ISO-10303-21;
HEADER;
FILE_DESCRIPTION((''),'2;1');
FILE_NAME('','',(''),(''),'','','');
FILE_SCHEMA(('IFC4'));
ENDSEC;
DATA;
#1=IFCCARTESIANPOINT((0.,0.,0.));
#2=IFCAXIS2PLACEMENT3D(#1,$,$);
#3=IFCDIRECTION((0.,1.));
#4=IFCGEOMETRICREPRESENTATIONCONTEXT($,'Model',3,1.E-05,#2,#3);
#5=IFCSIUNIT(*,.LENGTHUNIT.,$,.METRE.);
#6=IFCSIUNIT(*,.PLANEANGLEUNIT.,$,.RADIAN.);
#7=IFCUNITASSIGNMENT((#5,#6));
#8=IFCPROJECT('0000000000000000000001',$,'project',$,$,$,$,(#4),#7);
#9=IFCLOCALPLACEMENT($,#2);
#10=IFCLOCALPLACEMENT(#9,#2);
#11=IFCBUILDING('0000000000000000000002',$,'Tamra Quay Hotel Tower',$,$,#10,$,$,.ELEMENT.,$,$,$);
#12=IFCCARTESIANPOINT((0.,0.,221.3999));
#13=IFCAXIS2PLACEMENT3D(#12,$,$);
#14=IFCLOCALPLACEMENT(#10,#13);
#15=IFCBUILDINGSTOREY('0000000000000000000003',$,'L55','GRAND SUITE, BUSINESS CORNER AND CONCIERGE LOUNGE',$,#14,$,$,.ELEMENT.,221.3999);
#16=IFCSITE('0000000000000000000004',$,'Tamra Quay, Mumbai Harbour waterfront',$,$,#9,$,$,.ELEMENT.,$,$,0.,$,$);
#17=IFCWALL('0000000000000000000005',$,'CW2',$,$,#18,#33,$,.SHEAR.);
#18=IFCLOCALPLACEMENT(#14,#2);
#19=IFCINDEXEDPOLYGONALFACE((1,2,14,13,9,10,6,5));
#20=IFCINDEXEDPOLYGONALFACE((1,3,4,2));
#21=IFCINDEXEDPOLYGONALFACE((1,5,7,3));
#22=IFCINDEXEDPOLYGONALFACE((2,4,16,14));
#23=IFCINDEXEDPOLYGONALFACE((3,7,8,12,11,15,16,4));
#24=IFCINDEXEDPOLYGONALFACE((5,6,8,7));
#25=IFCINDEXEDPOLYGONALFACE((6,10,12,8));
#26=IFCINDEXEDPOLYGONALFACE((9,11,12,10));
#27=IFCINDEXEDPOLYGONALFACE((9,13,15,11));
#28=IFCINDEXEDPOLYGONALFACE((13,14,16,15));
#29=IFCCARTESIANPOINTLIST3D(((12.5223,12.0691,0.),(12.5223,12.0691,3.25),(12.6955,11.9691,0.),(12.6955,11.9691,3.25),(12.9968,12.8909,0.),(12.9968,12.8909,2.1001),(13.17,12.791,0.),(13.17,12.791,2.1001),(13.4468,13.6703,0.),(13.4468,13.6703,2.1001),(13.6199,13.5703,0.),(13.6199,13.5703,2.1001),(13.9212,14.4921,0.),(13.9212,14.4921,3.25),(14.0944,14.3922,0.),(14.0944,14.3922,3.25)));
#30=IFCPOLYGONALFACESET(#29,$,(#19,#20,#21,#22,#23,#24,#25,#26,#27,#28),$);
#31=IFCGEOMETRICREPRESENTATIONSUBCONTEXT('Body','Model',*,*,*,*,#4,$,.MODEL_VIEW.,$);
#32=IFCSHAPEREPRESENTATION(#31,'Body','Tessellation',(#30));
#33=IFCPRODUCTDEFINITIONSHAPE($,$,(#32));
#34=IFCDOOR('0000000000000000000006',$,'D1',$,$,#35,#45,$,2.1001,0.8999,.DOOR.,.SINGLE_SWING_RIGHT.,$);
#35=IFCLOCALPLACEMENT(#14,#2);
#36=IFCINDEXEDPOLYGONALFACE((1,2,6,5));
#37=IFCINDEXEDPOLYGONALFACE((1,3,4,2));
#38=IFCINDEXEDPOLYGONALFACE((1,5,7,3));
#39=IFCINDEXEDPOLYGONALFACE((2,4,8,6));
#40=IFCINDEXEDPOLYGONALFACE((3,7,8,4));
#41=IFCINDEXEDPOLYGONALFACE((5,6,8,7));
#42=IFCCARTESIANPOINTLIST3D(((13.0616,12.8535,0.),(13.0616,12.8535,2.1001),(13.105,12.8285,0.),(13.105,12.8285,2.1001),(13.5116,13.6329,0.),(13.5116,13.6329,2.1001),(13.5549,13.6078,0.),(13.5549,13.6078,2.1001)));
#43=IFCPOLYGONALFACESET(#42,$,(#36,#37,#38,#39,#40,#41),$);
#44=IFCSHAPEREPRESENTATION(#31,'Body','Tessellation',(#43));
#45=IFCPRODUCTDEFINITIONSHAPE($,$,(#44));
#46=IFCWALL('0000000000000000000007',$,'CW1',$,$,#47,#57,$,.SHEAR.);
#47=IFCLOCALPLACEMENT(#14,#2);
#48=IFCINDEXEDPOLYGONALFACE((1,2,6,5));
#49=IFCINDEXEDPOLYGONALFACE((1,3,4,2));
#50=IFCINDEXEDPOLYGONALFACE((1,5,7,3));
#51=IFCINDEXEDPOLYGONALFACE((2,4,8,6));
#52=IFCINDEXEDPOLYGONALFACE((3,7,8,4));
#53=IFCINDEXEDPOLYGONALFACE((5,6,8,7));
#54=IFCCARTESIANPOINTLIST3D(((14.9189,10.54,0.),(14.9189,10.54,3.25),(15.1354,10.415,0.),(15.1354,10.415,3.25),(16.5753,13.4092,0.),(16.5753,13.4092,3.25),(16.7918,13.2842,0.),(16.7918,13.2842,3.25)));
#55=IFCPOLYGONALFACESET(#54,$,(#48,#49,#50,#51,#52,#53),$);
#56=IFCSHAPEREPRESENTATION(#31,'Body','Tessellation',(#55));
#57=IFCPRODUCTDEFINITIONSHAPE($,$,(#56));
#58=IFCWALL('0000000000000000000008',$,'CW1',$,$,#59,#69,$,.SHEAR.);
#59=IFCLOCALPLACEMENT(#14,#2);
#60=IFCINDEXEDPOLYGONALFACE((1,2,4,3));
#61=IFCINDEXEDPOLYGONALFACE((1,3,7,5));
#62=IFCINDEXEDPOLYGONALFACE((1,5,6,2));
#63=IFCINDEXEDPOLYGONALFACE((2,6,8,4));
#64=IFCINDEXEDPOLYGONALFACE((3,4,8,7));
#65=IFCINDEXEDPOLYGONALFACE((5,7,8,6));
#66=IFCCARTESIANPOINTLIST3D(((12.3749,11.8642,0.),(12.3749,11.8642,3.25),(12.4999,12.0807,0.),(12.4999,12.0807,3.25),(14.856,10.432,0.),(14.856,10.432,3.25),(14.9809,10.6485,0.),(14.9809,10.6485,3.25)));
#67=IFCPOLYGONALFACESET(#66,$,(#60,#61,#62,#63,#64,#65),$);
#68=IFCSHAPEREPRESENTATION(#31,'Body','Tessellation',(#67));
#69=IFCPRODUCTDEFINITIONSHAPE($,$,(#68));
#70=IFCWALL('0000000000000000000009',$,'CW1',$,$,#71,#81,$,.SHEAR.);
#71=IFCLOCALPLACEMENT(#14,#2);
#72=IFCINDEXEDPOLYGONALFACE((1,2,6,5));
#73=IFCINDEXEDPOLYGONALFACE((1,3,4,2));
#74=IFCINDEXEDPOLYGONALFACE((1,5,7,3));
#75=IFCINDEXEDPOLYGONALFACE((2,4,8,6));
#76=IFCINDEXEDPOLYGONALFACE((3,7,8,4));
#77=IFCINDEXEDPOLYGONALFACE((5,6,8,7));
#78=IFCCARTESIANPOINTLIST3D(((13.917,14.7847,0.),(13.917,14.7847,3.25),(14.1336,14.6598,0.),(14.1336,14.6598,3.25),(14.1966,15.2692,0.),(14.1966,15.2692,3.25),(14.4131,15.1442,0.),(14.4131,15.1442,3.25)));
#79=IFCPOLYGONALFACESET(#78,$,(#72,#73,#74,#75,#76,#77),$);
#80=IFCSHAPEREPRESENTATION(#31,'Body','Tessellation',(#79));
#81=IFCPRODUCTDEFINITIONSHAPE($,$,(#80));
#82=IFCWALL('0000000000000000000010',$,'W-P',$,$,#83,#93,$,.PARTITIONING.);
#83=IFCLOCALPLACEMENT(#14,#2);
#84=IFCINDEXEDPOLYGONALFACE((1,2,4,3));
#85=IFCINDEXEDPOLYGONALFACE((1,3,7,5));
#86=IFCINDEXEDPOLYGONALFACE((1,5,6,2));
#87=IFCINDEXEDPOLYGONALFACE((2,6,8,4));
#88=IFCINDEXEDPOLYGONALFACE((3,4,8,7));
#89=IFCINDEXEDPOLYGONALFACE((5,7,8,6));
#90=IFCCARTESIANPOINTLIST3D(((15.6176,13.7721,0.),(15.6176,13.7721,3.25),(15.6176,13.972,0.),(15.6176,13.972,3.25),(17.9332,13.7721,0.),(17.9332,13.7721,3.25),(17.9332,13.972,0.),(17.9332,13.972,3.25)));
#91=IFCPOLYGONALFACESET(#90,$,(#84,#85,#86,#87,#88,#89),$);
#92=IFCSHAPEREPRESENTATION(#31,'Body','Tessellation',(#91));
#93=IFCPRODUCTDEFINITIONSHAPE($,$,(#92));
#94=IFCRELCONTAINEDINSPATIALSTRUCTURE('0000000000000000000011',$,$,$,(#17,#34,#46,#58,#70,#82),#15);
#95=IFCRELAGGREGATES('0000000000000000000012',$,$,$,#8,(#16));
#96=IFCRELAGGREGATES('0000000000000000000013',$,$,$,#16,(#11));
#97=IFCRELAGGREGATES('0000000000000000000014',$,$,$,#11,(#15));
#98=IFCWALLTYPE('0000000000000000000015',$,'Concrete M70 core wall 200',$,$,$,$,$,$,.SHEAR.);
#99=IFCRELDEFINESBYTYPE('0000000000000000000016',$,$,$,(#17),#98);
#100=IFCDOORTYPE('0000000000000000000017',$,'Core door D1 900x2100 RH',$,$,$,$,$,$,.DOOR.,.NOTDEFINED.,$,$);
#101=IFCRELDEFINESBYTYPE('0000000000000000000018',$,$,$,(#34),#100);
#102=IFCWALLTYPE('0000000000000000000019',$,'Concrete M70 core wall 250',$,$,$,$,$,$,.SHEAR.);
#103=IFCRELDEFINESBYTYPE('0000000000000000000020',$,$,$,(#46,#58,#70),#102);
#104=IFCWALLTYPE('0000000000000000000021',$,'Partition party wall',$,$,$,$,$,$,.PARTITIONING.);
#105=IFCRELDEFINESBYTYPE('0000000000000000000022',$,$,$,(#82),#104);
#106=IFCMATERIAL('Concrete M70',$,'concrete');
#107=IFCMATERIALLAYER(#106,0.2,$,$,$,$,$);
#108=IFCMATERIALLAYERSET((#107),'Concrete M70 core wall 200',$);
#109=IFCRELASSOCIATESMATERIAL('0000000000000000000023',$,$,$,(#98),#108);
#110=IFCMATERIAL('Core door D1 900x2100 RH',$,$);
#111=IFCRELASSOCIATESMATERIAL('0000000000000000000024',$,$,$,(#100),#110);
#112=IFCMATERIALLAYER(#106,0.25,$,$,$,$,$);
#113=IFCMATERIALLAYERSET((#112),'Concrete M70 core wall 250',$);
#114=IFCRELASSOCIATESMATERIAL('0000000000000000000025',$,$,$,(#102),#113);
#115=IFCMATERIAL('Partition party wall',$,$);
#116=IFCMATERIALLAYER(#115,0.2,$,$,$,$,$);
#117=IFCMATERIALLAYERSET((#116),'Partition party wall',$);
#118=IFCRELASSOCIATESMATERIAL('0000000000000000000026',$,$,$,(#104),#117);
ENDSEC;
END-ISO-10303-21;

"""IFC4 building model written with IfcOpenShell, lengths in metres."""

from ifc_helpers import new_model, si_unit, direction, frame, frame_2d, origin, place, context, subcontext, project, spatial, rectangle, extrude, material, layer, layer_set, type_object, element, fill, save


model = new_model("IFC4")

# Units and contexts
model_context = context("Model", 3, precision=1e-05, world=origin(), true_north=direction((0.0, 1.0)))
body_context = subcontext(model_context, "Body", "Model", "MODEL_VIEW")
ifc_project = project(units=[si_unit("LENGTHUNIT", "METRE"), si_unit("PLANEANGLEUNIT", "RADIAN")], contexts=[model_context])

# Site, building, storey
site_placement = place(None, origin())
site = spatial("IfcSite", under=ifc_project, at=site_placement, Name="Tamra Quay, Mumbai Harbour waterfront", CompositionType="ELEMENT", RefElevation=0.0)
building_placement = place(site_placement, origin())
building = spatial("IfcBuilding", under=site, at=building_placement, Name="Tamra Quay Hotel Tower", CompositionType="ELEMENT")
storey_placement = place(building_placement, frame((0.0, 0.0, 221.3999)))
storey = spatial("IfcBuildingStorey", under=building, at=storey_placement, Name="L55", Description="GRAND SUITE, BUSINESS CORNER AND CONCIERGE LOUNGE", CompositionType="ELEMENT", Elevation=221.3999)

# Shared definitions
ifc_material_1 = material(Name="Concrete M70", Category="concrete")

# Wall, opening, door
ifc_layer_1 = layer(ifc_material_1, 0.2)
ifc_layer_set_1 = layer_set([ifc_layer_1], Name="Concrete M70 core wall 200")
wall_type_1 = type_object("IfcWallType", Name="Concrete M70 core wall 200", PredefinedType="SHEAR", material=ifc_layer_set_1)
wall_1_placement = place(storey_placement, frame((14.0078, 14.4421, 0.0), z_axis=(0.0, 0.0, 1.0), x_axis=(-0.499987, -0.866033, 0.0)))
wall_1 = element("IfcWall", 1, at=wall_1_placement, inside=storey, type_object=wall_type_1, Name="CW2", PredefinedType="SHEAR", context=body_context, shape_type="SweptSolid", body=[
    extrude(rectangle(XDim=2.7979, YDim=0.2, at=frame_2d((1.3989, 0.0))), origin(), (0.0, 0.0, 1.0), 3.25),
])
opening_placement = place(wall_1_placement, frame((0.949, 0.0, 0.0)))
opening = element("IfcOpeningElement", 2, at=opening_placement, cuts=wall_1, PredefinedType="OPENING", context=body_context, shape_type="SweptSolid", body=[
    extrude(rectangle(XDim=0.8999, YDim=2.1001, at=frame_2d((0.45, 1.05))), frame((0.0, 0.1099, 0.0), z_axis=(0.0, -1.0, 0.0), x_axis=(1.0, 0.0, 0.0)), (0.0, 0.0, 1.0), 0.22),
])
ifc_material_2 = material(Name="Core door D1 900x2100 RH")
door_type = type_object("IfcDoorType", Name="Core door D1 900x2100 RH", OperationType="NOTDEFINED", PredefinedType="DOOR", material=ifc_material_2)
door_placement = place(opening_placement, origin())
door = element("IfcDoor", 3, at=door_placement, inside=storey, type_object=door_type, Name="D1", OperationType="SINGLE_SWING_RIGHT", OverallHeight=2.1001, OverallWidth=0.8999, PredefinedType="DOOR", context=body_context, shape_type="SweptSolid", body=[
    extrude(rectangle(XDim=0.8999, YDim=2.1001, at=frame_2d((0.45, 1.05))), frame((0.0, 0.0249, 0.0), z_axis=(0.0, -1.0, 0.0), x_axis=(1.0, 0.0, 0.0)), (0.0, 0.0, 1.0), 0.05),
])
fill(opening, door)

# Walls
ifc_layer_2 = layer(ifc_material_1, 0.25)
ifc_layer_set_2 = layer_set([ifc_layer_2], Name="Concrete M70 core wall 250")
wall_type_2 = type_object("IfcWallType", Name="Concrete M70 core wall 250", PredefinedType="SHEAR", material=ifc_layer_set_2)
wall_2_placement = place(storey_placement, frame((16.6836, 13.3467, 0.0), z_axis=(0.0, 0.0, 1.0), x_axis=(-0.499999, -0.866026, 0.0)))
element("IfcWall", 4, at=wall_2_placement, inside=storey, type_object=wall_type_2, Name="CW1", PredefinedType="SHEAR", context=body_context, shape_type="SweptSolid", body=[
    extrude(rectangle(XDim=3.313, YDim=0.25, at=frame_2d((1.6565, 0.0))), origin(), (0.0, 0.0, 1.0), 3.25),
])
wall_3_placement = place(storey_placement, frame((14.9185, 10.5403, 0.0), z_axis=(0.0, 0.0, 1.0), x_axis=(-0.866064, 0.499934, 0.0)))
element("IfcWall", 5, at=wall_3_placement, inside=storey, type_object=wall_type_2, Name="CW1", PredefinedType="SHEAR", context=body_context, shape_type="SweptSolid", body=[
    extrude(rectangle(XDim=2.8647, YDim=0.25, at=frame_2d((1.4324, 0.0))), origin(), (0.0, 0.0, 1.0), 3.25),
])
wall_4_placement = place(storey_placement, frame((14.3049, 15.2068, 0.0), z_axis=(0.0, 0.0, 1.0), x_axis=(-0.499848, -0.866113, 0.0)))
element("IfcWall", 6, at=wall_4_placement, inside=storey, type_object=wall_type_2, Name="CW1", PredefinedType="SHEAR", context=body_context, shape_type="SweptSolid", body=[
    extrude(rectangle(XDim=0.5593, YDim=0.25, at=frame_2d((0.2798, 0.0))), origin(), (0.0, 0.0, 1.0), 3.25),
])
ifc_material_3 = material(Name="Partition party wall")
ifc_layer_3 = layer(ifc_material_3, 0.2)
ifc_layer_set_3 = layer_set([ifc_layer_3], Name="Partition party wall")
wall_type_3 = type_object("IfcWallType", Name="Partition party wall", PredefinedType="PARTITIONING", material=ifc_layer_set_3)
wall_5_placement = place(storey_placement, frame((15.6177, 13.8721, 0.0), z_axis=(0.0, 0.0, 1.0), x_axis=(1.0, 0.0, 0.0)))
element("IfcWall", 7, at=wall_5_placement, inside=storey, type_object=wall_type_3, Name="W-P", PredefinedType="PARTITIONING", context=body_context, shape_type="SweptSolid", body=[
    extrude(rectangle(XDim=2.3157, YDim=0.2, at=frame_2d((1.1577, 0.0))), origin(), (0.0, 0.0, 1.0), 3.25),
])

save(model, "model.ifc")
